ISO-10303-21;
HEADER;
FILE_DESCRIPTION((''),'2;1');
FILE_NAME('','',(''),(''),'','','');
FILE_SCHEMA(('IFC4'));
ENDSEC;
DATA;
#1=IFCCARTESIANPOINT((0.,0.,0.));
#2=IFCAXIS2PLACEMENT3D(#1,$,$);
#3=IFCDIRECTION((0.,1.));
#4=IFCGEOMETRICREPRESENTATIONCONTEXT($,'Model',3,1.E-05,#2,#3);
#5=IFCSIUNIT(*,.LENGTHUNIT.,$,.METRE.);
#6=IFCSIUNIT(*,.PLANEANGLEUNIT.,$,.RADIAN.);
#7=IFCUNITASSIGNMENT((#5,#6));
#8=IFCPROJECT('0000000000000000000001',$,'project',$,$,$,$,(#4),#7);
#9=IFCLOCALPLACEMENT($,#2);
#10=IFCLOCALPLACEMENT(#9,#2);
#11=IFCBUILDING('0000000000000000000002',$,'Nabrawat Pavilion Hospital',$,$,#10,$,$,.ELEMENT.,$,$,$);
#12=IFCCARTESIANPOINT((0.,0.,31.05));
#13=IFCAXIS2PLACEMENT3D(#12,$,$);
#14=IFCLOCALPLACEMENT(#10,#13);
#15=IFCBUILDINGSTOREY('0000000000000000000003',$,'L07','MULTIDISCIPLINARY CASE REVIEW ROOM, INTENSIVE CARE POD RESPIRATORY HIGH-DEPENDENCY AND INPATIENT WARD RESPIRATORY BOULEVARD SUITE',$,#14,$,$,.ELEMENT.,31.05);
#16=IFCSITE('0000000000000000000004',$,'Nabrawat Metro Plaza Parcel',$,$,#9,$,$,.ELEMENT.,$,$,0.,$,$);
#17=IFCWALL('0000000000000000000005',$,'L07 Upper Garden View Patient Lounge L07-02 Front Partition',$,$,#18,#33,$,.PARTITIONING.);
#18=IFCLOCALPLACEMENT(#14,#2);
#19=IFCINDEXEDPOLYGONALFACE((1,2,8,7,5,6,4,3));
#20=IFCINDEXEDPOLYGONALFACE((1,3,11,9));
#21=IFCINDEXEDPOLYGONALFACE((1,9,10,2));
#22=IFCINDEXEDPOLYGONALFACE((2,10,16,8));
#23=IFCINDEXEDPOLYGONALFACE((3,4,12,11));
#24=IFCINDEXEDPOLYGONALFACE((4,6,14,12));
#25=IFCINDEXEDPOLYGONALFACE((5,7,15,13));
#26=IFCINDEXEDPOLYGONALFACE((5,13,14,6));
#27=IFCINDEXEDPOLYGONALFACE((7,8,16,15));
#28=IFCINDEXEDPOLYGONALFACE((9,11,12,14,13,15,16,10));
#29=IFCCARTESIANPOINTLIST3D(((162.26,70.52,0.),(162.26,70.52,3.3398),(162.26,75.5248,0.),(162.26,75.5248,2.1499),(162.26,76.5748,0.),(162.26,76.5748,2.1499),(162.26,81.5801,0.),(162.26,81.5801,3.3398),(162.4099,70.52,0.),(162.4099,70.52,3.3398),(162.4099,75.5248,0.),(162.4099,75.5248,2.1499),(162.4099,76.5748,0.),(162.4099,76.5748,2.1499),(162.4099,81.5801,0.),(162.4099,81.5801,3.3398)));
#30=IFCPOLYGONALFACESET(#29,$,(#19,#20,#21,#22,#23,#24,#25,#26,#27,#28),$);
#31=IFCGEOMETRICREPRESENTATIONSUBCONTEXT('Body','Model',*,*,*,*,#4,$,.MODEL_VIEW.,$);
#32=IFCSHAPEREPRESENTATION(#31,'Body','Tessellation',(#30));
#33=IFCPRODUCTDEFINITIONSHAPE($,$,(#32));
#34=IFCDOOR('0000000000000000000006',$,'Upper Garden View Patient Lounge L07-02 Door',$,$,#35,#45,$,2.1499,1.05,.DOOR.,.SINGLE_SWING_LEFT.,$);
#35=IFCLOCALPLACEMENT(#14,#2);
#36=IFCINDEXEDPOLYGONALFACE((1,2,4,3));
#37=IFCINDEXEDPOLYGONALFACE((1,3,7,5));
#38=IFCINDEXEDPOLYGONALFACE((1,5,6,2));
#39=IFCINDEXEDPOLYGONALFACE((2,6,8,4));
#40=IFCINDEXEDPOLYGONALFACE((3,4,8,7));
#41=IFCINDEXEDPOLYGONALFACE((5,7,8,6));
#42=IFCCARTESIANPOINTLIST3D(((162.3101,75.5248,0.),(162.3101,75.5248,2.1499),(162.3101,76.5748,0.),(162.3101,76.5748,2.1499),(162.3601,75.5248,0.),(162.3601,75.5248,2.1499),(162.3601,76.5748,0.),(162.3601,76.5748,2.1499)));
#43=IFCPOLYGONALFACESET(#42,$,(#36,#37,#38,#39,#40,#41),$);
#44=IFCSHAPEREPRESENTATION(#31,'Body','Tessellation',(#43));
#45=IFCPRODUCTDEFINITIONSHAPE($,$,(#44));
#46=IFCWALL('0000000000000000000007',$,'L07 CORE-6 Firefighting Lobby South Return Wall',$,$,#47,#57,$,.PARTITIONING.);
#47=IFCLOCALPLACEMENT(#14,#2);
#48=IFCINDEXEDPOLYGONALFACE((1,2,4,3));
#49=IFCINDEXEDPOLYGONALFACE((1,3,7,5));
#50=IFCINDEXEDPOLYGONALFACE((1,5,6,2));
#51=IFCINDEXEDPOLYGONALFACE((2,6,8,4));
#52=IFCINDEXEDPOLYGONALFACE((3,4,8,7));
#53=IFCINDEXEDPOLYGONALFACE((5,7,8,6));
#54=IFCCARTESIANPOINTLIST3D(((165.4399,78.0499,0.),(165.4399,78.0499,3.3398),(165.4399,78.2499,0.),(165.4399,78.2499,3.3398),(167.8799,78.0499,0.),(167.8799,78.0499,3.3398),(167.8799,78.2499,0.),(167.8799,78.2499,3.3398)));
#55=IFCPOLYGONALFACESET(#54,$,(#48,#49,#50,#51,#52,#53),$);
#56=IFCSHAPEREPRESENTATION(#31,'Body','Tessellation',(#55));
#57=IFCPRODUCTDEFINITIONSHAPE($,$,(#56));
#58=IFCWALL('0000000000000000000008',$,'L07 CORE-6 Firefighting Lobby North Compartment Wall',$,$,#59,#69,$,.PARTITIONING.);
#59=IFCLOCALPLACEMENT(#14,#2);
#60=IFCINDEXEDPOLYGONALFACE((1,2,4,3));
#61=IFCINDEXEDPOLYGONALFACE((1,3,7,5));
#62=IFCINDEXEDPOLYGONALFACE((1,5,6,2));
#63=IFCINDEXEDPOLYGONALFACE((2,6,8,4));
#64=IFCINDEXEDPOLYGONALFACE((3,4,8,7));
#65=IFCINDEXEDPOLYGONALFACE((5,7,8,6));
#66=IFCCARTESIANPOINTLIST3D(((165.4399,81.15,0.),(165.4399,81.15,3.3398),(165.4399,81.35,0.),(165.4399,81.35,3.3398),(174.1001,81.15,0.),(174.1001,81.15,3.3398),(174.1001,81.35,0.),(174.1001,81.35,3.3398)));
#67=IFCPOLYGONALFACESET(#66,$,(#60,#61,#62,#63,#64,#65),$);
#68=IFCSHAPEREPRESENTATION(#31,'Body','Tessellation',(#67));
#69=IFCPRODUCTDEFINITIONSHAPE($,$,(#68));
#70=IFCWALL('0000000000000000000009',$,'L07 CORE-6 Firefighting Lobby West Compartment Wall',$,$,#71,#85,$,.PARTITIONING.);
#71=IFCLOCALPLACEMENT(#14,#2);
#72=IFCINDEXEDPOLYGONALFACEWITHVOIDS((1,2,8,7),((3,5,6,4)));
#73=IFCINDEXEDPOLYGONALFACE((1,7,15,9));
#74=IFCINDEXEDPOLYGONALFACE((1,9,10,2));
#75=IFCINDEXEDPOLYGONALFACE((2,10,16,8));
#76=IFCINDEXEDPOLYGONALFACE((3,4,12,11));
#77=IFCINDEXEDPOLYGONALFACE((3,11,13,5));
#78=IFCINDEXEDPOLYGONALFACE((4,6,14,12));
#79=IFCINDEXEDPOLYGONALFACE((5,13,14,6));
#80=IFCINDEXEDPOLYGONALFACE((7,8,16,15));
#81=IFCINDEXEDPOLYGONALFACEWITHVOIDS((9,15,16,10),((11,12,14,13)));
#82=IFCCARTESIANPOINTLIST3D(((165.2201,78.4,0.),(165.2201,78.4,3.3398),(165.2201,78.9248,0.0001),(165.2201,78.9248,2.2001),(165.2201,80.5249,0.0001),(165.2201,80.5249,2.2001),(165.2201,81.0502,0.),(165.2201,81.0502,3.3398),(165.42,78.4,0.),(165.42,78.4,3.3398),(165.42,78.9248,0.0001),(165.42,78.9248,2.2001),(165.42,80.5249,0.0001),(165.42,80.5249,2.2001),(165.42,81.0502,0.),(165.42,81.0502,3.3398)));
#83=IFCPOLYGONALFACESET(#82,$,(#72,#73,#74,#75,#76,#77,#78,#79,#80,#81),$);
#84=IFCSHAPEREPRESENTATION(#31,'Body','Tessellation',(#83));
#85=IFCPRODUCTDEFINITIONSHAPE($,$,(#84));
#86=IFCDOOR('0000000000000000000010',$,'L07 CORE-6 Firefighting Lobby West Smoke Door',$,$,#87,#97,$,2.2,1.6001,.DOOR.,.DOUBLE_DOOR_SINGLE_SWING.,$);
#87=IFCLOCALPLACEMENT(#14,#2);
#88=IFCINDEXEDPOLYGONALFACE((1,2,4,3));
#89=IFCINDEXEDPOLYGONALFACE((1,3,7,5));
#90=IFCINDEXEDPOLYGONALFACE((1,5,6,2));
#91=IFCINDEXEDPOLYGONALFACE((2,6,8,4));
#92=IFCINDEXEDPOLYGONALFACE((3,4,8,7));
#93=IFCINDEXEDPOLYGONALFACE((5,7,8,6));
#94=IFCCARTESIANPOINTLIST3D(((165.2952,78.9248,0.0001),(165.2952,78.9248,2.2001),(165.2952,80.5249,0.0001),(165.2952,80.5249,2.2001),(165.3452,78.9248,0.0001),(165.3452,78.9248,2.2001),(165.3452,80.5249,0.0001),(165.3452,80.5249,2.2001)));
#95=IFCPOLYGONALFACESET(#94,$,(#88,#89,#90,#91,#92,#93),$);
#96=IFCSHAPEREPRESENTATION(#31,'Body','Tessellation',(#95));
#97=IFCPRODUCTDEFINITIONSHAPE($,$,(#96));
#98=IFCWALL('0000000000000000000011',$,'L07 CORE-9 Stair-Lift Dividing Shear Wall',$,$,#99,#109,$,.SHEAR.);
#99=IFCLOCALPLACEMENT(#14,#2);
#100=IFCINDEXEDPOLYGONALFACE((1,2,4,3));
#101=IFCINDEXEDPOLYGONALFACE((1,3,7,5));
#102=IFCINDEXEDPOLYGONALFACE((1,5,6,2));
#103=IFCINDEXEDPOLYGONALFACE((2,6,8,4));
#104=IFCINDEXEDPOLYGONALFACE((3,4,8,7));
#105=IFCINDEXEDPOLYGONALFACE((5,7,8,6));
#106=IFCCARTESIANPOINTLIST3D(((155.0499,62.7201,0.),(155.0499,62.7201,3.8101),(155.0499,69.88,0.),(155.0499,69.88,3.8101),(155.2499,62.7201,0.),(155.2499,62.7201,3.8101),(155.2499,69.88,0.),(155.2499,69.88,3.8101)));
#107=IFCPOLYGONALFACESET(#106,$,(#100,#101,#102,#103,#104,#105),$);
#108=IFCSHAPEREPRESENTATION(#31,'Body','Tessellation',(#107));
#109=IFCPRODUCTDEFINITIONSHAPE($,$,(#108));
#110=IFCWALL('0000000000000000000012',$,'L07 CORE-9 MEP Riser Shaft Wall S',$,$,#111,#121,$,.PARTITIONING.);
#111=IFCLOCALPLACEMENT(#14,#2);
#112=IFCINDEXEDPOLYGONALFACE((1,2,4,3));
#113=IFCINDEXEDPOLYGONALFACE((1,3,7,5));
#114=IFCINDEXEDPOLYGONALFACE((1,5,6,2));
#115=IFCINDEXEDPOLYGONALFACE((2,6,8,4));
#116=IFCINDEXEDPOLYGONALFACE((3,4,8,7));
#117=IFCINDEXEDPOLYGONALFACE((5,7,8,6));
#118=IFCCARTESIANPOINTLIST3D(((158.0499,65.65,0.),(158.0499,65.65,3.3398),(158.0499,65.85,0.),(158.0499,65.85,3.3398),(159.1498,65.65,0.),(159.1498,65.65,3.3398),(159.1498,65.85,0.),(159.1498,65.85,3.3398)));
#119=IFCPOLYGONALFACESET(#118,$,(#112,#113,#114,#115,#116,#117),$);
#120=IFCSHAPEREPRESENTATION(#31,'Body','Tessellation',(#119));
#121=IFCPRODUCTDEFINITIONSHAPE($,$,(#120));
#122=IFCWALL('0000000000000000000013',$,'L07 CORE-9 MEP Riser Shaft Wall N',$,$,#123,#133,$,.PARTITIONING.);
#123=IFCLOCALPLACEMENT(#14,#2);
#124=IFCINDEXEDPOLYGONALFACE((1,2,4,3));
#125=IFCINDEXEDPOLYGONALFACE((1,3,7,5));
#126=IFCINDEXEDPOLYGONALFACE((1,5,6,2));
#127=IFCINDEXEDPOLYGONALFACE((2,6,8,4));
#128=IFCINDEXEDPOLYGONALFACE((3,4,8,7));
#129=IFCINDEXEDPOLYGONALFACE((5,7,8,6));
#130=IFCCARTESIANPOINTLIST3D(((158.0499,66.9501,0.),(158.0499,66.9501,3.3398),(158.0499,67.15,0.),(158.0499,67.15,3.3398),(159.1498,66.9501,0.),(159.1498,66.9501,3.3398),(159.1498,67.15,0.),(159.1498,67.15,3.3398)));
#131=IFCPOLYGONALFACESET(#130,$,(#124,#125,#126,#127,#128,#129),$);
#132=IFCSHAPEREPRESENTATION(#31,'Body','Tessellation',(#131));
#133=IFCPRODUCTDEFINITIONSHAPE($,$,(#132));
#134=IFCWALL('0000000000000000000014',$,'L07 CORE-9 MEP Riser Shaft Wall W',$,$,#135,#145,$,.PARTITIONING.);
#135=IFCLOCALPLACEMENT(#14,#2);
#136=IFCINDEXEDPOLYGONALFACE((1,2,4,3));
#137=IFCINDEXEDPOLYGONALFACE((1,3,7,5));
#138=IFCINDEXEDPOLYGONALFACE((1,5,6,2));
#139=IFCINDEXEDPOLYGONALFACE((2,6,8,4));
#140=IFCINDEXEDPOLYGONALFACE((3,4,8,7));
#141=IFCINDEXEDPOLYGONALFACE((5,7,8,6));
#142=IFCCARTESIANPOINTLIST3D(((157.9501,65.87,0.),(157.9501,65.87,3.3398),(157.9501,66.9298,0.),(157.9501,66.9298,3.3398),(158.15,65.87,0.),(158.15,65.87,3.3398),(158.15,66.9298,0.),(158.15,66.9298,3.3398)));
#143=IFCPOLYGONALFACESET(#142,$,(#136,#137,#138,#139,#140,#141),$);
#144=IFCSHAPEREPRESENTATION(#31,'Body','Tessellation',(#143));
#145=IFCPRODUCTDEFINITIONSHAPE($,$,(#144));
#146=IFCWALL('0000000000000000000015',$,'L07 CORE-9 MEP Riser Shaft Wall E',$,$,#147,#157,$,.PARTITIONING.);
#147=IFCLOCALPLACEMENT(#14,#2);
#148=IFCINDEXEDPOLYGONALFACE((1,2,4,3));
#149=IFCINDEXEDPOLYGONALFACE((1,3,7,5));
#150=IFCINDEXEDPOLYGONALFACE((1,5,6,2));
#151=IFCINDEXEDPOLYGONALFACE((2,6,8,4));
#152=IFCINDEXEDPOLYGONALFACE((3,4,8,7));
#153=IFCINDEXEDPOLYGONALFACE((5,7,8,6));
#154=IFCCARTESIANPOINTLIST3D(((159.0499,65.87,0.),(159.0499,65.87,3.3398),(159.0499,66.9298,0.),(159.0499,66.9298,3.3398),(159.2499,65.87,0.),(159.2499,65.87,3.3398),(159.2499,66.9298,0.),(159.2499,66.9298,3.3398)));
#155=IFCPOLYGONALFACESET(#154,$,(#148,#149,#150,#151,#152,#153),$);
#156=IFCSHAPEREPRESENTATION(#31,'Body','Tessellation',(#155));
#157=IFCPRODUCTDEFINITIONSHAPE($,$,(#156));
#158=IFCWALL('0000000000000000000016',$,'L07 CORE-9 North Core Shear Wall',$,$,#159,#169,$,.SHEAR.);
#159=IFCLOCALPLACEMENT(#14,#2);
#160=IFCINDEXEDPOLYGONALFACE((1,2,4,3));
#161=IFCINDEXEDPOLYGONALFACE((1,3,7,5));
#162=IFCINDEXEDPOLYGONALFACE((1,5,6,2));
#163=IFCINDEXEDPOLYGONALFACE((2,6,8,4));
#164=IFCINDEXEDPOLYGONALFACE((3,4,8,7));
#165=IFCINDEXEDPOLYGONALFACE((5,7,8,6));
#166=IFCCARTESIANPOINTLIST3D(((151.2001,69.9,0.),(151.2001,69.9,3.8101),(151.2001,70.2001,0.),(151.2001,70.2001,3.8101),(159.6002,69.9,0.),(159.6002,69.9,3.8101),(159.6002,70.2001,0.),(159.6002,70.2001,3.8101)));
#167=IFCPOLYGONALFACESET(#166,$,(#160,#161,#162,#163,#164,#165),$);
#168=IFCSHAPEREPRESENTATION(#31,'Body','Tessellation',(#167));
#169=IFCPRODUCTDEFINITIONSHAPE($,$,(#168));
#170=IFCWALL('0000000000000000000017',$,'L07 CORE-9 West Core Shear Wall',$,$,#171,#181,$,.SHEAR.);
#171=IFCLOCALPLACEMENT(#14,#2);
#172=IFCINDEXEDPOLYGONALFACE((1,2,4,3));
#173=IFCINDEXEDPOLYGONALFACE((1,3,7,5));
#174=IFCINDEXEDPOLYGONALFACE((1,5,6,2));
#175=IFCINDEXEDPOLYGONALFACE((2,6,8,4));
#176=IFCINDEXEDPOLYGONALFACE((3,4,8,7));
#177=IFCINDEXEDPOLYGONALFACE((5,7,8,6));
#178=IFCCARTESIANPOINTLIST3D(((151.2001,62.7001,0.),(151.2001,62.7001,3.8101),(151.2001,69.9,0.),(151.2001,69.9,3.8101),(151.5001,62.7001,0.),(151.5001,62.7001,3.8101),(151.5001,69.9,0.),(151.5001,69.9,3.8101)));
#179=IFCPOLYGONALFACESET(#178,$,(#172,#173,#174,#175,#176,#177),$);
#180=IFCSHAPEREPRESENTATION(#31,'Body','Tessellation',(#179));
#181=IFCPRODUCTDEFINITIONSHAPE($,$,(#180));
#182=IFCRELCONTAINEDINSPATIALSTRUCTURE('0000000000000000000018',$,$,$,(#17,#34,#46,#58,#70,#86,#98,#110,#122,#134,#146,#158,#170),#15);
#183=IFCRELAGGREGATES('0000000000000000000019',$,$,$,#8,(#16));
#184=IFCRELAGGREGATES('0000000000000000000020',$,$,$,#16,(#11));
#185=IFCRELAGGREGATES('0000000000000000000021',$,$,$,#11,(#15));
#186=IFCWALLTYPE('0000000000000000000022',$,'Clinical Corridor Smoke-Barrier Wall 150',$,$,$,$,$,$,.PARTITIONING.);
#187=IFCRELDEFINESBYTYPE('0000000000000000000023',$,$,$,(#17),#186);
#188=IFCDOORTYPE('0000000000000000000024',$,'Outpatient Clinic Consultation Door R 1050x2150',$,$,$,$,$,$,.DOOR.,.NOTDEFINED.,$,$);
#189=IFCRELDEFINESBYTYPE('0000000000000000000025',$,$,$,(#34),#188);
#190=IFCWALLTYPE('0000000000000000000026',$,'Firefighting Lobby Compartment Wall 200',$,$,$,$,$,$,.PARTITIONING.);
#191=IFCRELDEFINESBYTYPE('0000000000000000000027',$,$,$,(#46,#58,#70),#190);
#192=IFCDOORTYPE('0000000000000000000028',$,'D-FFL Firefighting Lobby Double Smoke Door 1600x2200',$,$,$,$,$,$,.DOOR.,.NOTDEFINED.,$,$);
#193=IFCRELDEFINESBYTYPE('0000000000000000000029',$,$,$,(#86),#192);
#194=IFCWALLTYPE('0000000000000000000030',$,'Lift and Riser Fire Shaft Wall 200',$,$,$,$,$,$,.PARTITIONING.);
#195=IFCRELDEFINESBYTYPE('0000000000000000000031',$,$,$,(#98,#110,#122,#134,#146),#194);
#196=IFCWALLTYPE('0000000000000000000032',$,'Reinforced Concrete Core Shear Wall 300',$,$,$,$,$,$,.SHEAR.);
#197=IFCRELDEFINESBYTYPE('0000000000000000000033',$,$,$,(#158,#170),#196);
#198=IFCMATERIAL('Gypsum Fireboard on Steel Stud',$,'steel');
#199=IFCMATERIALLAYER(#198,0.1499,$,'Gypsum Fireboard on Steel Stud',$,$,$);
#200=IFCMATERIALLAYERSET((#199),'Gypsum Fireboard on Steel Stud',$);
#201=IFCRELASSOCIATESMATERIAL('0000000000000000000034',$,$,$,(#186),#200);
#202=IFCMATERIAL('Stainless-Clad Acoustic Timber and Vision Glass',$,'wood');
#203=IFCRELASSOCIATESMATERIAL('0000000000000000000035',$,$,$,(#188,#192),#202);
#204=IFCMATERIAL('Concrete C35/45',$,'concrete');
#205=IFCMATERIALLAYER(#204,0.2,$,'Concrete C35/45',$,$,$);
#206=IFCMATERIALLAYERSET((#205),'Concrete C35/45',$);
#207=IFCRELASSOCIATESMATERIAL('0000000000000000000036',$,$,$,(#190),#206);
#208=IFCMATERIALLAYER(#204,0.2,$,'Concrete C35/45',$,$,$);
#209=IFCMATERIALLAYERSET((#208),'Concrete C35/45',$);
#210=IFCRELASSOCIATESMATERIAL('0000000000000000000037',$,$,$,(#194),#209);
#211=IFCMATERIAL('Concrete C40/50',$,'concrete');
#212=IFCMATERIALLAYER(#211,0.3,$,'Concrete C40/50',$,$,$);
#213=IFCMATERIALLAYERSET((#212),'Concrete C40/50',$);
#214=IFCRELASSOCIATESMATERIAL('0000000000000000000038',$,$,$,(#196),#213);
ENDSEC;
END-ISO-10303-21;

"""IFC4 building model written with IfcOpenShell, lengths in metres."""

from ifc_helpers import new_model, si_unit, direction, frame, frame_2d, origin, place, context, subcontext, project, spatial, rectangle, extrude, material, layer, layer_set, type_object, element, fill, save


model = new_model("IFC4")

# Units and contexts
model_context = context("Model", 3, precision=1e-05, world=origin(), true_north=direction((0.0, 1.0)))
body_context = subcontext(model_context, "Body", "Model", "MODEL_VIEW")
ifc_project = project(units=[si_unit("LENGTHUNIT", "METRE"), si_unit("PLANEANGLEUNIT", "RADIAN")], contexts=[model_context])

# Site, building, storey
site_placement = place(None, origin())
site = spatial("IfcSite", under=ifc_project, at=site_placement, Name="Nabrawat Metro Plaza Parcel", CompositionType="ELEMENT", RefElevation=0.0)
building_placement = place(site_placement, origin())
building = spatial("IfcBuilding", under=site, at=building_placement, Name="Nabrawat Pavilion Hospital", CompositionType="ELEMENT")
storey_placement = place(building_placement, frame((0.0, 0.0, 31.05)))
storey = spatial("IfcBuildingStorey", under=building, at=storey_placement, Name="L07", Description="MULTIDISCIPLINARY CASE REVIEW ROOM, INTENSIVE CARE POD RESPIRATORY HIGH-DEPENDENCY AND INPATIENT WARD RESPIRATORY BOULEVARD SUITE", CompositionType="ELEMENT", Elevation=31.05)

# Shared definitions
ifc_material_1 = material(Name="Concrete C40/50", Category="concrete")

# Wall, opening, door
ifc_material_2 = material(Name="Gypsum Fireboard on Steel Stud", Category="steel")
ifc_layer_1 = layer(ifc_material_2, 0.1499, Name="Gypsum Fireboard on Steel Stud")
ifc_layer_set_1 = layer_set([ifc_layer_1], Name="Gypsum Fireboard on Steel Stud")
wall_type_1 = type_object("IfcWallType", Name="Clinical Corridor Smoke-Barrier Wall 150", PredefinedType="PARTITIONING", material=ifc_layer_set_1)
wall_1_placement = place(storey_placement, frame((162.335, 70.52, 0.0), z_axis=(0.0, 0.0, 1.0), x_axis=(0.0, 1.0, 0.0)))
wall_1 = element("IfcWall", 1, at=wall_1_placement, inside=storey, type_object=wall_type_1, Name="L07 Upper Garden View Patient Lounge L07-02 Front Partition", PredefinedType="PARTITIONING", context=body_context, shape_type="SweptSolid", body=[
    extrude(rectangle(XDim=11.0601, YDim=0.1499, at=frame_2d((5.53, 0.0))), origin(), (0.0, 0.0, 1.0), 3.3398),
])
opening_1_placement = place(wall_1_placement, frame((5.0049, 0.0, 0.0)))
opening_1 = element("IfcOpeningElement", 2, at=opening_1_placement, cuts=wall_1, PredefinedType="OPENING", context=body_context, shape_type="SweptSolid", body=[
    extrude(rectangle(XDim=1.05, YDim=2.1499, at=frame_2d((0.5249, 1.075))), frame((0.0, 0.085, 0.0), z_axis=(0.0, -1.0, 0.0), x_axis=(1.0, 0.0, 0.0)), (0.0, 0.0, 1.0), 0.1699),
])
ifc_material_3 = material(Name="Stainless-Clad Acoustic Timber and Vision Glass", Category="wood")
door_type_1 = type_object("IfcDoorType", Name="Outpatient Clinic Consultation Door R 1050x2150", OperationType="NOTDEFINED", PredefinedType="DOOR", material=ifc_material_3)
door_1_placement = place(opening_1_placement, origin())
door_1 = element("IfcDoor", 3, at=door_1_placement, inside=storey, type_object=door_type_1, Name="Upper Garden View Patient Lounge L07-02 Door", OperationType="SINGLE_SWING_LEFT", OverallHeight=2.1499, OverallWidth=1.05, PredefinedType="DOOR", context=body_context, shape_type="SweptSolid", body=[
    extrude(rectangle(XDim=1.05, YDim=2.1499, at=frame_2d((0.5249, 1.075))), frame((0.0, 0.0249, 0.0), z_axis=(0.0, -1.0, 0.0), x_axis=(1.0, 0.0, 0.0)), (0.0, 0.0, 1.0), 0.05),
])
fill(opening_1, door_1)

# Walls
ifc_material_4 = material(Name="Concrete C35/45", Category="concrete")
ifc_layer_2 = layer(ifc_material_4, 0.2, Name="Concrete C35/45")
ifc_layer_set_2 = layer_set([ifc_layer_2], Name="Concrete C35/45")
wall_type_2 = type_object("IfcWallType", Name="Firefighting Lobby Compartment Wall 200", PredefinedType="PARTITIONING", material=ifc_layer_set_2)
wall_2_placement = place(storey_placement, frame((165.4399, 78.1499, 0.0), z_axis=(0.0, 0.0, 1.0), x_axis=(1.0, 0.0, 0.0)))
element("IfcWall", 4, at=wall_2_placement, inside=storey, type_object=wall_type_2, Name="L07 CORE-6 Firefighting Lobby South Return Wall", PredefinedType="PARTITIONING", context=body_context, shape_type="SweptSolid", body=[
    extrude(rectangle(XDim=2.4399, YDim=0.2, at=frame_2d((1.22, 0.0))), origin(), (0.0, 0.0, 1.0), 3.3398),
])
wall_3_placement = place(storey_placement, frame((165.4399, 81.25, 0.0), z_axis=(0.0, 0.0, 1.0), x_axis=(1.0, 0.0, 0.0)))
element("IfcWall", 5, at=wall_3_placement, inside=storey, type_object=wall_type_2, Name="L07 CORE-6 Firefighting Lobby North Compartment Wall", PredefinedType="PARTITIONING", context=body_context, shape_type="SweptSolid", body=[
    extrude(rectangle(XDim=8.6602, YDim=0.2, at=frame_2d((4.3301, 0.0))), origin(), (0.0, 0.0, 1.0), 3.3398),
])

# Wall, opening, door
wall_4_placement = place(storey_placement, frame((165.3201, 78.3999, 0.0), z_axis=(0.0, 0.0, 1.0), x_axis=(0.0, 1.0, 0.0)))
wall_4 = element("IfcWall", 6, at=wall_4_placement, inside=storey, type_object=wall_type_2, Name="L07 CORE-6 Firefighting Lobby West Compartment Wall", PredefinedType="PARTITIONING", context=body_context, shape_type="SweptSolid", body=[
    extrude(rectangle(XDim=2.6501, YDim=0.2, at=frame_2d((1.3252, 0.0))), origin(), (0.0, 0.0, 1.0), 3.3398),
])
opening_2_placement = place(wall_4_placement, frame((0.5249, 0.0, 0.0)))
opening_2 = element("IfcOpeningElement", 7, at=opening_2_placement, cuts=wall_4, PredefinedType="OPENING", context=body_context, shape_type="SweptSolid", body=[
    extrude(rectangle(XDim=1.6001, YDim=2.2, at=frame_2d((0.8, 1.1001))), frame((0.0, 0.1099, 0.0), z_axis=(0.0, -1.0, 0.0), x_axis=(1.0, 0.0, 0.0)), (0.0, 0.0, 1.0), 0.22),
])
door_type_2 = type_object("IfcDoorType", Name="D-FFL Firefighting Lobby Double Smoke Door 1600x2200", OperationType="NOTDEFINED", PredefinedType="DOOR", material=ifc_material_3)
door_2_placement = place(opening_2_placement, origin())
door_2 = element("IfcDoor", 8, at=door_2_placement, inside=storey, type_object=door_type_2, Name="L07 CORE-6 Firefighting Lobby West Smoke Door", OperationType="DOUBLE_DOOR_SINGLE_SWING", OverallHeight=2.2, OverallWidth=1.6001, PredefinedType="DOOR", context=body_context, shape_type="SweptSolid", body=[
    extrude(rectangle(XDim=1.6001, YDim=2.2, at=frame_2d((0.8, 1.1001))), frame((0.0, 0.0249, 0.0), z_axis=(0.0, -1.0, 0.0), x_axis=(1.0, 0.0, 0.0)), (0.0, 0.0, 1.0), 0.05),
])
fill(opening_2, door_2)

# Walls
ifc_layer_3 = layer(ifc_material_4, 0.2, Name="Concrete C35/45")
ifc_layer_set_3 = layer_set([ifc_layer_3], Name="Concrete C35/45")
wall_type_3 = type_object("IfcWallType", Name="Lift and Riser Fire Shaft Wall 200", PredefinedType="PARTITIONING", material=ifc_layer_set_3)
wall_5_placement = place(storey_placement, frame((155.1499, 62.72, 0.0), z_axis=(0.0, 0.0, 1.0), x_axis=(0.0, 1.0, 0.0)))
element("IfcWall", 9, at=wall_5_placement, inside=storey, type_object=wall_type_3, Name="L07 CORE-9 Stair-Lift Dividing Shear Wall", PredefinedType="SHEAR", context=body_context, shape_type="SweptSolid", body=[
    extrude(rectangle(XDim=7.1599, YDim=0.2, at=frame_2d((3.5801, 0.0))), origin(), (0.0, 0.0, 1.0), 3.8101),
])
for number, where, z_axis, x_axis, name in (
    (10, (158.05, 65.75, 0.0), (0.0, 0.0, 1.0), (1.0, 0.0, 0.0), "L07 CORE-9 MEP Riser Shaft Wall S"),
    (11, (158.05, 67.05, 0.0), (0.0, 0.0, 1.0), (1.0, 0.0, 0.0), "L07 CORE-9 MEP Riser Shaft Wall N"),
):
    element("IfcWall", number, at=place(storey_placement, frame(where, z_axis=z_axis, x_axis=x_axis)), inside=storey, type_object=wall_type_3, Name=name, PredefinedType="PARTITIONING", context=body_context, shape_type="SweptSolid", body=[
        extrude(rectangle(XDim=1.0999, YDim=0.2, at=frame_2d((0.5498, 0.0))), origin(), (0.0, 0.0, 1.0), 3.3398),
    ])
for number, where, z_axis, x_axis, name in (
    (12, (158.05, 65.8701, 0.0), (0.0, 0.0, 1.0), (0.0, 1.0, 0.0), "L07 CORE-9 MEP Riser Shaft Wall W"),
    (13, (159.1499, 65.8701, 0.0), (0.0, 0.0, 1.0), (0.0, 1.0, 0.0), "L07 CORE-9 MEP Riser Shaft Wall E"),
):
    element("IfcWall", number, at=place(storey_placement, frame(where, z_axis=z_axis, x_axis=x_axis)), inside=storey, type_object=wall_type_3, Name=name, PredefinedType="PARTITIONING", context=body_context, shape_type="SweptSolid", body=[
        extrude(rectangle(XDim=1.0598, YDim=0.2, at=frame_2d((0.5298, 0.0))), origin(), (0.0, 0.0, 1.0), 3.3398),
    ])
ifc_layer_4 = layer(ifc_material_1, 0.3, Name="Concrete C40/50")
ifc_layer_set_4 = layer_set([ifc_layer_4], Name="Concrete C40/50")
wall_type_4 = type_object("IfcWallType", Name="Reinforced Concrete Core Shear Wall 300", PredefinedType="SHEAR", material=ifc_layer_set_4)
wall_6_placement = place(storey_placement, frame((151.2, 70.05, 0.0), z_axis=(0.0, 0.0, 1.0), x_axis=(1.0, 0.0, 0.0)))
element("IfcWall", 14, at=wall_6_placement, inside=storey, type_object=wall_type_4, Name="L07 CORE-9 North Core Shear Wall", PredefinedType="SHEAR", context=body_context, shape_type="SweptSolid", body=[
    extrude(rectangle(XDim=8.4001, YDim=0.3, at=frame_2d((4.2002, 0.0))), origin(), (0.0, 0.0, 1.0), 3.8101),
])
for number, where, z_axis, x_axis, name in (
    (15, (151.3501, 62.7, 0.0), (0.0, 0.0, 1.0), (0.0, 1.0, 0.0), "L07 CORE-9 West Core Shear Wall"),
):
    element("IfcWall", number, at=place(storey_placement, frame(where, z_axis=z_axis, x_axis=x_axis)), inside=storey, type_object=wall_type_4, Name=name, PredefinedType="SHEAR", context=body_context, shape_type="SweptSolid", body=[
        extrude(rectangle(XDim=7.2, YDim=0.3, at=frame_2d((3.6001, 0.0))), origin(), (0.0, 0.0, 1.0), 3.8101),
    ])

save(model, "model.ifc")
